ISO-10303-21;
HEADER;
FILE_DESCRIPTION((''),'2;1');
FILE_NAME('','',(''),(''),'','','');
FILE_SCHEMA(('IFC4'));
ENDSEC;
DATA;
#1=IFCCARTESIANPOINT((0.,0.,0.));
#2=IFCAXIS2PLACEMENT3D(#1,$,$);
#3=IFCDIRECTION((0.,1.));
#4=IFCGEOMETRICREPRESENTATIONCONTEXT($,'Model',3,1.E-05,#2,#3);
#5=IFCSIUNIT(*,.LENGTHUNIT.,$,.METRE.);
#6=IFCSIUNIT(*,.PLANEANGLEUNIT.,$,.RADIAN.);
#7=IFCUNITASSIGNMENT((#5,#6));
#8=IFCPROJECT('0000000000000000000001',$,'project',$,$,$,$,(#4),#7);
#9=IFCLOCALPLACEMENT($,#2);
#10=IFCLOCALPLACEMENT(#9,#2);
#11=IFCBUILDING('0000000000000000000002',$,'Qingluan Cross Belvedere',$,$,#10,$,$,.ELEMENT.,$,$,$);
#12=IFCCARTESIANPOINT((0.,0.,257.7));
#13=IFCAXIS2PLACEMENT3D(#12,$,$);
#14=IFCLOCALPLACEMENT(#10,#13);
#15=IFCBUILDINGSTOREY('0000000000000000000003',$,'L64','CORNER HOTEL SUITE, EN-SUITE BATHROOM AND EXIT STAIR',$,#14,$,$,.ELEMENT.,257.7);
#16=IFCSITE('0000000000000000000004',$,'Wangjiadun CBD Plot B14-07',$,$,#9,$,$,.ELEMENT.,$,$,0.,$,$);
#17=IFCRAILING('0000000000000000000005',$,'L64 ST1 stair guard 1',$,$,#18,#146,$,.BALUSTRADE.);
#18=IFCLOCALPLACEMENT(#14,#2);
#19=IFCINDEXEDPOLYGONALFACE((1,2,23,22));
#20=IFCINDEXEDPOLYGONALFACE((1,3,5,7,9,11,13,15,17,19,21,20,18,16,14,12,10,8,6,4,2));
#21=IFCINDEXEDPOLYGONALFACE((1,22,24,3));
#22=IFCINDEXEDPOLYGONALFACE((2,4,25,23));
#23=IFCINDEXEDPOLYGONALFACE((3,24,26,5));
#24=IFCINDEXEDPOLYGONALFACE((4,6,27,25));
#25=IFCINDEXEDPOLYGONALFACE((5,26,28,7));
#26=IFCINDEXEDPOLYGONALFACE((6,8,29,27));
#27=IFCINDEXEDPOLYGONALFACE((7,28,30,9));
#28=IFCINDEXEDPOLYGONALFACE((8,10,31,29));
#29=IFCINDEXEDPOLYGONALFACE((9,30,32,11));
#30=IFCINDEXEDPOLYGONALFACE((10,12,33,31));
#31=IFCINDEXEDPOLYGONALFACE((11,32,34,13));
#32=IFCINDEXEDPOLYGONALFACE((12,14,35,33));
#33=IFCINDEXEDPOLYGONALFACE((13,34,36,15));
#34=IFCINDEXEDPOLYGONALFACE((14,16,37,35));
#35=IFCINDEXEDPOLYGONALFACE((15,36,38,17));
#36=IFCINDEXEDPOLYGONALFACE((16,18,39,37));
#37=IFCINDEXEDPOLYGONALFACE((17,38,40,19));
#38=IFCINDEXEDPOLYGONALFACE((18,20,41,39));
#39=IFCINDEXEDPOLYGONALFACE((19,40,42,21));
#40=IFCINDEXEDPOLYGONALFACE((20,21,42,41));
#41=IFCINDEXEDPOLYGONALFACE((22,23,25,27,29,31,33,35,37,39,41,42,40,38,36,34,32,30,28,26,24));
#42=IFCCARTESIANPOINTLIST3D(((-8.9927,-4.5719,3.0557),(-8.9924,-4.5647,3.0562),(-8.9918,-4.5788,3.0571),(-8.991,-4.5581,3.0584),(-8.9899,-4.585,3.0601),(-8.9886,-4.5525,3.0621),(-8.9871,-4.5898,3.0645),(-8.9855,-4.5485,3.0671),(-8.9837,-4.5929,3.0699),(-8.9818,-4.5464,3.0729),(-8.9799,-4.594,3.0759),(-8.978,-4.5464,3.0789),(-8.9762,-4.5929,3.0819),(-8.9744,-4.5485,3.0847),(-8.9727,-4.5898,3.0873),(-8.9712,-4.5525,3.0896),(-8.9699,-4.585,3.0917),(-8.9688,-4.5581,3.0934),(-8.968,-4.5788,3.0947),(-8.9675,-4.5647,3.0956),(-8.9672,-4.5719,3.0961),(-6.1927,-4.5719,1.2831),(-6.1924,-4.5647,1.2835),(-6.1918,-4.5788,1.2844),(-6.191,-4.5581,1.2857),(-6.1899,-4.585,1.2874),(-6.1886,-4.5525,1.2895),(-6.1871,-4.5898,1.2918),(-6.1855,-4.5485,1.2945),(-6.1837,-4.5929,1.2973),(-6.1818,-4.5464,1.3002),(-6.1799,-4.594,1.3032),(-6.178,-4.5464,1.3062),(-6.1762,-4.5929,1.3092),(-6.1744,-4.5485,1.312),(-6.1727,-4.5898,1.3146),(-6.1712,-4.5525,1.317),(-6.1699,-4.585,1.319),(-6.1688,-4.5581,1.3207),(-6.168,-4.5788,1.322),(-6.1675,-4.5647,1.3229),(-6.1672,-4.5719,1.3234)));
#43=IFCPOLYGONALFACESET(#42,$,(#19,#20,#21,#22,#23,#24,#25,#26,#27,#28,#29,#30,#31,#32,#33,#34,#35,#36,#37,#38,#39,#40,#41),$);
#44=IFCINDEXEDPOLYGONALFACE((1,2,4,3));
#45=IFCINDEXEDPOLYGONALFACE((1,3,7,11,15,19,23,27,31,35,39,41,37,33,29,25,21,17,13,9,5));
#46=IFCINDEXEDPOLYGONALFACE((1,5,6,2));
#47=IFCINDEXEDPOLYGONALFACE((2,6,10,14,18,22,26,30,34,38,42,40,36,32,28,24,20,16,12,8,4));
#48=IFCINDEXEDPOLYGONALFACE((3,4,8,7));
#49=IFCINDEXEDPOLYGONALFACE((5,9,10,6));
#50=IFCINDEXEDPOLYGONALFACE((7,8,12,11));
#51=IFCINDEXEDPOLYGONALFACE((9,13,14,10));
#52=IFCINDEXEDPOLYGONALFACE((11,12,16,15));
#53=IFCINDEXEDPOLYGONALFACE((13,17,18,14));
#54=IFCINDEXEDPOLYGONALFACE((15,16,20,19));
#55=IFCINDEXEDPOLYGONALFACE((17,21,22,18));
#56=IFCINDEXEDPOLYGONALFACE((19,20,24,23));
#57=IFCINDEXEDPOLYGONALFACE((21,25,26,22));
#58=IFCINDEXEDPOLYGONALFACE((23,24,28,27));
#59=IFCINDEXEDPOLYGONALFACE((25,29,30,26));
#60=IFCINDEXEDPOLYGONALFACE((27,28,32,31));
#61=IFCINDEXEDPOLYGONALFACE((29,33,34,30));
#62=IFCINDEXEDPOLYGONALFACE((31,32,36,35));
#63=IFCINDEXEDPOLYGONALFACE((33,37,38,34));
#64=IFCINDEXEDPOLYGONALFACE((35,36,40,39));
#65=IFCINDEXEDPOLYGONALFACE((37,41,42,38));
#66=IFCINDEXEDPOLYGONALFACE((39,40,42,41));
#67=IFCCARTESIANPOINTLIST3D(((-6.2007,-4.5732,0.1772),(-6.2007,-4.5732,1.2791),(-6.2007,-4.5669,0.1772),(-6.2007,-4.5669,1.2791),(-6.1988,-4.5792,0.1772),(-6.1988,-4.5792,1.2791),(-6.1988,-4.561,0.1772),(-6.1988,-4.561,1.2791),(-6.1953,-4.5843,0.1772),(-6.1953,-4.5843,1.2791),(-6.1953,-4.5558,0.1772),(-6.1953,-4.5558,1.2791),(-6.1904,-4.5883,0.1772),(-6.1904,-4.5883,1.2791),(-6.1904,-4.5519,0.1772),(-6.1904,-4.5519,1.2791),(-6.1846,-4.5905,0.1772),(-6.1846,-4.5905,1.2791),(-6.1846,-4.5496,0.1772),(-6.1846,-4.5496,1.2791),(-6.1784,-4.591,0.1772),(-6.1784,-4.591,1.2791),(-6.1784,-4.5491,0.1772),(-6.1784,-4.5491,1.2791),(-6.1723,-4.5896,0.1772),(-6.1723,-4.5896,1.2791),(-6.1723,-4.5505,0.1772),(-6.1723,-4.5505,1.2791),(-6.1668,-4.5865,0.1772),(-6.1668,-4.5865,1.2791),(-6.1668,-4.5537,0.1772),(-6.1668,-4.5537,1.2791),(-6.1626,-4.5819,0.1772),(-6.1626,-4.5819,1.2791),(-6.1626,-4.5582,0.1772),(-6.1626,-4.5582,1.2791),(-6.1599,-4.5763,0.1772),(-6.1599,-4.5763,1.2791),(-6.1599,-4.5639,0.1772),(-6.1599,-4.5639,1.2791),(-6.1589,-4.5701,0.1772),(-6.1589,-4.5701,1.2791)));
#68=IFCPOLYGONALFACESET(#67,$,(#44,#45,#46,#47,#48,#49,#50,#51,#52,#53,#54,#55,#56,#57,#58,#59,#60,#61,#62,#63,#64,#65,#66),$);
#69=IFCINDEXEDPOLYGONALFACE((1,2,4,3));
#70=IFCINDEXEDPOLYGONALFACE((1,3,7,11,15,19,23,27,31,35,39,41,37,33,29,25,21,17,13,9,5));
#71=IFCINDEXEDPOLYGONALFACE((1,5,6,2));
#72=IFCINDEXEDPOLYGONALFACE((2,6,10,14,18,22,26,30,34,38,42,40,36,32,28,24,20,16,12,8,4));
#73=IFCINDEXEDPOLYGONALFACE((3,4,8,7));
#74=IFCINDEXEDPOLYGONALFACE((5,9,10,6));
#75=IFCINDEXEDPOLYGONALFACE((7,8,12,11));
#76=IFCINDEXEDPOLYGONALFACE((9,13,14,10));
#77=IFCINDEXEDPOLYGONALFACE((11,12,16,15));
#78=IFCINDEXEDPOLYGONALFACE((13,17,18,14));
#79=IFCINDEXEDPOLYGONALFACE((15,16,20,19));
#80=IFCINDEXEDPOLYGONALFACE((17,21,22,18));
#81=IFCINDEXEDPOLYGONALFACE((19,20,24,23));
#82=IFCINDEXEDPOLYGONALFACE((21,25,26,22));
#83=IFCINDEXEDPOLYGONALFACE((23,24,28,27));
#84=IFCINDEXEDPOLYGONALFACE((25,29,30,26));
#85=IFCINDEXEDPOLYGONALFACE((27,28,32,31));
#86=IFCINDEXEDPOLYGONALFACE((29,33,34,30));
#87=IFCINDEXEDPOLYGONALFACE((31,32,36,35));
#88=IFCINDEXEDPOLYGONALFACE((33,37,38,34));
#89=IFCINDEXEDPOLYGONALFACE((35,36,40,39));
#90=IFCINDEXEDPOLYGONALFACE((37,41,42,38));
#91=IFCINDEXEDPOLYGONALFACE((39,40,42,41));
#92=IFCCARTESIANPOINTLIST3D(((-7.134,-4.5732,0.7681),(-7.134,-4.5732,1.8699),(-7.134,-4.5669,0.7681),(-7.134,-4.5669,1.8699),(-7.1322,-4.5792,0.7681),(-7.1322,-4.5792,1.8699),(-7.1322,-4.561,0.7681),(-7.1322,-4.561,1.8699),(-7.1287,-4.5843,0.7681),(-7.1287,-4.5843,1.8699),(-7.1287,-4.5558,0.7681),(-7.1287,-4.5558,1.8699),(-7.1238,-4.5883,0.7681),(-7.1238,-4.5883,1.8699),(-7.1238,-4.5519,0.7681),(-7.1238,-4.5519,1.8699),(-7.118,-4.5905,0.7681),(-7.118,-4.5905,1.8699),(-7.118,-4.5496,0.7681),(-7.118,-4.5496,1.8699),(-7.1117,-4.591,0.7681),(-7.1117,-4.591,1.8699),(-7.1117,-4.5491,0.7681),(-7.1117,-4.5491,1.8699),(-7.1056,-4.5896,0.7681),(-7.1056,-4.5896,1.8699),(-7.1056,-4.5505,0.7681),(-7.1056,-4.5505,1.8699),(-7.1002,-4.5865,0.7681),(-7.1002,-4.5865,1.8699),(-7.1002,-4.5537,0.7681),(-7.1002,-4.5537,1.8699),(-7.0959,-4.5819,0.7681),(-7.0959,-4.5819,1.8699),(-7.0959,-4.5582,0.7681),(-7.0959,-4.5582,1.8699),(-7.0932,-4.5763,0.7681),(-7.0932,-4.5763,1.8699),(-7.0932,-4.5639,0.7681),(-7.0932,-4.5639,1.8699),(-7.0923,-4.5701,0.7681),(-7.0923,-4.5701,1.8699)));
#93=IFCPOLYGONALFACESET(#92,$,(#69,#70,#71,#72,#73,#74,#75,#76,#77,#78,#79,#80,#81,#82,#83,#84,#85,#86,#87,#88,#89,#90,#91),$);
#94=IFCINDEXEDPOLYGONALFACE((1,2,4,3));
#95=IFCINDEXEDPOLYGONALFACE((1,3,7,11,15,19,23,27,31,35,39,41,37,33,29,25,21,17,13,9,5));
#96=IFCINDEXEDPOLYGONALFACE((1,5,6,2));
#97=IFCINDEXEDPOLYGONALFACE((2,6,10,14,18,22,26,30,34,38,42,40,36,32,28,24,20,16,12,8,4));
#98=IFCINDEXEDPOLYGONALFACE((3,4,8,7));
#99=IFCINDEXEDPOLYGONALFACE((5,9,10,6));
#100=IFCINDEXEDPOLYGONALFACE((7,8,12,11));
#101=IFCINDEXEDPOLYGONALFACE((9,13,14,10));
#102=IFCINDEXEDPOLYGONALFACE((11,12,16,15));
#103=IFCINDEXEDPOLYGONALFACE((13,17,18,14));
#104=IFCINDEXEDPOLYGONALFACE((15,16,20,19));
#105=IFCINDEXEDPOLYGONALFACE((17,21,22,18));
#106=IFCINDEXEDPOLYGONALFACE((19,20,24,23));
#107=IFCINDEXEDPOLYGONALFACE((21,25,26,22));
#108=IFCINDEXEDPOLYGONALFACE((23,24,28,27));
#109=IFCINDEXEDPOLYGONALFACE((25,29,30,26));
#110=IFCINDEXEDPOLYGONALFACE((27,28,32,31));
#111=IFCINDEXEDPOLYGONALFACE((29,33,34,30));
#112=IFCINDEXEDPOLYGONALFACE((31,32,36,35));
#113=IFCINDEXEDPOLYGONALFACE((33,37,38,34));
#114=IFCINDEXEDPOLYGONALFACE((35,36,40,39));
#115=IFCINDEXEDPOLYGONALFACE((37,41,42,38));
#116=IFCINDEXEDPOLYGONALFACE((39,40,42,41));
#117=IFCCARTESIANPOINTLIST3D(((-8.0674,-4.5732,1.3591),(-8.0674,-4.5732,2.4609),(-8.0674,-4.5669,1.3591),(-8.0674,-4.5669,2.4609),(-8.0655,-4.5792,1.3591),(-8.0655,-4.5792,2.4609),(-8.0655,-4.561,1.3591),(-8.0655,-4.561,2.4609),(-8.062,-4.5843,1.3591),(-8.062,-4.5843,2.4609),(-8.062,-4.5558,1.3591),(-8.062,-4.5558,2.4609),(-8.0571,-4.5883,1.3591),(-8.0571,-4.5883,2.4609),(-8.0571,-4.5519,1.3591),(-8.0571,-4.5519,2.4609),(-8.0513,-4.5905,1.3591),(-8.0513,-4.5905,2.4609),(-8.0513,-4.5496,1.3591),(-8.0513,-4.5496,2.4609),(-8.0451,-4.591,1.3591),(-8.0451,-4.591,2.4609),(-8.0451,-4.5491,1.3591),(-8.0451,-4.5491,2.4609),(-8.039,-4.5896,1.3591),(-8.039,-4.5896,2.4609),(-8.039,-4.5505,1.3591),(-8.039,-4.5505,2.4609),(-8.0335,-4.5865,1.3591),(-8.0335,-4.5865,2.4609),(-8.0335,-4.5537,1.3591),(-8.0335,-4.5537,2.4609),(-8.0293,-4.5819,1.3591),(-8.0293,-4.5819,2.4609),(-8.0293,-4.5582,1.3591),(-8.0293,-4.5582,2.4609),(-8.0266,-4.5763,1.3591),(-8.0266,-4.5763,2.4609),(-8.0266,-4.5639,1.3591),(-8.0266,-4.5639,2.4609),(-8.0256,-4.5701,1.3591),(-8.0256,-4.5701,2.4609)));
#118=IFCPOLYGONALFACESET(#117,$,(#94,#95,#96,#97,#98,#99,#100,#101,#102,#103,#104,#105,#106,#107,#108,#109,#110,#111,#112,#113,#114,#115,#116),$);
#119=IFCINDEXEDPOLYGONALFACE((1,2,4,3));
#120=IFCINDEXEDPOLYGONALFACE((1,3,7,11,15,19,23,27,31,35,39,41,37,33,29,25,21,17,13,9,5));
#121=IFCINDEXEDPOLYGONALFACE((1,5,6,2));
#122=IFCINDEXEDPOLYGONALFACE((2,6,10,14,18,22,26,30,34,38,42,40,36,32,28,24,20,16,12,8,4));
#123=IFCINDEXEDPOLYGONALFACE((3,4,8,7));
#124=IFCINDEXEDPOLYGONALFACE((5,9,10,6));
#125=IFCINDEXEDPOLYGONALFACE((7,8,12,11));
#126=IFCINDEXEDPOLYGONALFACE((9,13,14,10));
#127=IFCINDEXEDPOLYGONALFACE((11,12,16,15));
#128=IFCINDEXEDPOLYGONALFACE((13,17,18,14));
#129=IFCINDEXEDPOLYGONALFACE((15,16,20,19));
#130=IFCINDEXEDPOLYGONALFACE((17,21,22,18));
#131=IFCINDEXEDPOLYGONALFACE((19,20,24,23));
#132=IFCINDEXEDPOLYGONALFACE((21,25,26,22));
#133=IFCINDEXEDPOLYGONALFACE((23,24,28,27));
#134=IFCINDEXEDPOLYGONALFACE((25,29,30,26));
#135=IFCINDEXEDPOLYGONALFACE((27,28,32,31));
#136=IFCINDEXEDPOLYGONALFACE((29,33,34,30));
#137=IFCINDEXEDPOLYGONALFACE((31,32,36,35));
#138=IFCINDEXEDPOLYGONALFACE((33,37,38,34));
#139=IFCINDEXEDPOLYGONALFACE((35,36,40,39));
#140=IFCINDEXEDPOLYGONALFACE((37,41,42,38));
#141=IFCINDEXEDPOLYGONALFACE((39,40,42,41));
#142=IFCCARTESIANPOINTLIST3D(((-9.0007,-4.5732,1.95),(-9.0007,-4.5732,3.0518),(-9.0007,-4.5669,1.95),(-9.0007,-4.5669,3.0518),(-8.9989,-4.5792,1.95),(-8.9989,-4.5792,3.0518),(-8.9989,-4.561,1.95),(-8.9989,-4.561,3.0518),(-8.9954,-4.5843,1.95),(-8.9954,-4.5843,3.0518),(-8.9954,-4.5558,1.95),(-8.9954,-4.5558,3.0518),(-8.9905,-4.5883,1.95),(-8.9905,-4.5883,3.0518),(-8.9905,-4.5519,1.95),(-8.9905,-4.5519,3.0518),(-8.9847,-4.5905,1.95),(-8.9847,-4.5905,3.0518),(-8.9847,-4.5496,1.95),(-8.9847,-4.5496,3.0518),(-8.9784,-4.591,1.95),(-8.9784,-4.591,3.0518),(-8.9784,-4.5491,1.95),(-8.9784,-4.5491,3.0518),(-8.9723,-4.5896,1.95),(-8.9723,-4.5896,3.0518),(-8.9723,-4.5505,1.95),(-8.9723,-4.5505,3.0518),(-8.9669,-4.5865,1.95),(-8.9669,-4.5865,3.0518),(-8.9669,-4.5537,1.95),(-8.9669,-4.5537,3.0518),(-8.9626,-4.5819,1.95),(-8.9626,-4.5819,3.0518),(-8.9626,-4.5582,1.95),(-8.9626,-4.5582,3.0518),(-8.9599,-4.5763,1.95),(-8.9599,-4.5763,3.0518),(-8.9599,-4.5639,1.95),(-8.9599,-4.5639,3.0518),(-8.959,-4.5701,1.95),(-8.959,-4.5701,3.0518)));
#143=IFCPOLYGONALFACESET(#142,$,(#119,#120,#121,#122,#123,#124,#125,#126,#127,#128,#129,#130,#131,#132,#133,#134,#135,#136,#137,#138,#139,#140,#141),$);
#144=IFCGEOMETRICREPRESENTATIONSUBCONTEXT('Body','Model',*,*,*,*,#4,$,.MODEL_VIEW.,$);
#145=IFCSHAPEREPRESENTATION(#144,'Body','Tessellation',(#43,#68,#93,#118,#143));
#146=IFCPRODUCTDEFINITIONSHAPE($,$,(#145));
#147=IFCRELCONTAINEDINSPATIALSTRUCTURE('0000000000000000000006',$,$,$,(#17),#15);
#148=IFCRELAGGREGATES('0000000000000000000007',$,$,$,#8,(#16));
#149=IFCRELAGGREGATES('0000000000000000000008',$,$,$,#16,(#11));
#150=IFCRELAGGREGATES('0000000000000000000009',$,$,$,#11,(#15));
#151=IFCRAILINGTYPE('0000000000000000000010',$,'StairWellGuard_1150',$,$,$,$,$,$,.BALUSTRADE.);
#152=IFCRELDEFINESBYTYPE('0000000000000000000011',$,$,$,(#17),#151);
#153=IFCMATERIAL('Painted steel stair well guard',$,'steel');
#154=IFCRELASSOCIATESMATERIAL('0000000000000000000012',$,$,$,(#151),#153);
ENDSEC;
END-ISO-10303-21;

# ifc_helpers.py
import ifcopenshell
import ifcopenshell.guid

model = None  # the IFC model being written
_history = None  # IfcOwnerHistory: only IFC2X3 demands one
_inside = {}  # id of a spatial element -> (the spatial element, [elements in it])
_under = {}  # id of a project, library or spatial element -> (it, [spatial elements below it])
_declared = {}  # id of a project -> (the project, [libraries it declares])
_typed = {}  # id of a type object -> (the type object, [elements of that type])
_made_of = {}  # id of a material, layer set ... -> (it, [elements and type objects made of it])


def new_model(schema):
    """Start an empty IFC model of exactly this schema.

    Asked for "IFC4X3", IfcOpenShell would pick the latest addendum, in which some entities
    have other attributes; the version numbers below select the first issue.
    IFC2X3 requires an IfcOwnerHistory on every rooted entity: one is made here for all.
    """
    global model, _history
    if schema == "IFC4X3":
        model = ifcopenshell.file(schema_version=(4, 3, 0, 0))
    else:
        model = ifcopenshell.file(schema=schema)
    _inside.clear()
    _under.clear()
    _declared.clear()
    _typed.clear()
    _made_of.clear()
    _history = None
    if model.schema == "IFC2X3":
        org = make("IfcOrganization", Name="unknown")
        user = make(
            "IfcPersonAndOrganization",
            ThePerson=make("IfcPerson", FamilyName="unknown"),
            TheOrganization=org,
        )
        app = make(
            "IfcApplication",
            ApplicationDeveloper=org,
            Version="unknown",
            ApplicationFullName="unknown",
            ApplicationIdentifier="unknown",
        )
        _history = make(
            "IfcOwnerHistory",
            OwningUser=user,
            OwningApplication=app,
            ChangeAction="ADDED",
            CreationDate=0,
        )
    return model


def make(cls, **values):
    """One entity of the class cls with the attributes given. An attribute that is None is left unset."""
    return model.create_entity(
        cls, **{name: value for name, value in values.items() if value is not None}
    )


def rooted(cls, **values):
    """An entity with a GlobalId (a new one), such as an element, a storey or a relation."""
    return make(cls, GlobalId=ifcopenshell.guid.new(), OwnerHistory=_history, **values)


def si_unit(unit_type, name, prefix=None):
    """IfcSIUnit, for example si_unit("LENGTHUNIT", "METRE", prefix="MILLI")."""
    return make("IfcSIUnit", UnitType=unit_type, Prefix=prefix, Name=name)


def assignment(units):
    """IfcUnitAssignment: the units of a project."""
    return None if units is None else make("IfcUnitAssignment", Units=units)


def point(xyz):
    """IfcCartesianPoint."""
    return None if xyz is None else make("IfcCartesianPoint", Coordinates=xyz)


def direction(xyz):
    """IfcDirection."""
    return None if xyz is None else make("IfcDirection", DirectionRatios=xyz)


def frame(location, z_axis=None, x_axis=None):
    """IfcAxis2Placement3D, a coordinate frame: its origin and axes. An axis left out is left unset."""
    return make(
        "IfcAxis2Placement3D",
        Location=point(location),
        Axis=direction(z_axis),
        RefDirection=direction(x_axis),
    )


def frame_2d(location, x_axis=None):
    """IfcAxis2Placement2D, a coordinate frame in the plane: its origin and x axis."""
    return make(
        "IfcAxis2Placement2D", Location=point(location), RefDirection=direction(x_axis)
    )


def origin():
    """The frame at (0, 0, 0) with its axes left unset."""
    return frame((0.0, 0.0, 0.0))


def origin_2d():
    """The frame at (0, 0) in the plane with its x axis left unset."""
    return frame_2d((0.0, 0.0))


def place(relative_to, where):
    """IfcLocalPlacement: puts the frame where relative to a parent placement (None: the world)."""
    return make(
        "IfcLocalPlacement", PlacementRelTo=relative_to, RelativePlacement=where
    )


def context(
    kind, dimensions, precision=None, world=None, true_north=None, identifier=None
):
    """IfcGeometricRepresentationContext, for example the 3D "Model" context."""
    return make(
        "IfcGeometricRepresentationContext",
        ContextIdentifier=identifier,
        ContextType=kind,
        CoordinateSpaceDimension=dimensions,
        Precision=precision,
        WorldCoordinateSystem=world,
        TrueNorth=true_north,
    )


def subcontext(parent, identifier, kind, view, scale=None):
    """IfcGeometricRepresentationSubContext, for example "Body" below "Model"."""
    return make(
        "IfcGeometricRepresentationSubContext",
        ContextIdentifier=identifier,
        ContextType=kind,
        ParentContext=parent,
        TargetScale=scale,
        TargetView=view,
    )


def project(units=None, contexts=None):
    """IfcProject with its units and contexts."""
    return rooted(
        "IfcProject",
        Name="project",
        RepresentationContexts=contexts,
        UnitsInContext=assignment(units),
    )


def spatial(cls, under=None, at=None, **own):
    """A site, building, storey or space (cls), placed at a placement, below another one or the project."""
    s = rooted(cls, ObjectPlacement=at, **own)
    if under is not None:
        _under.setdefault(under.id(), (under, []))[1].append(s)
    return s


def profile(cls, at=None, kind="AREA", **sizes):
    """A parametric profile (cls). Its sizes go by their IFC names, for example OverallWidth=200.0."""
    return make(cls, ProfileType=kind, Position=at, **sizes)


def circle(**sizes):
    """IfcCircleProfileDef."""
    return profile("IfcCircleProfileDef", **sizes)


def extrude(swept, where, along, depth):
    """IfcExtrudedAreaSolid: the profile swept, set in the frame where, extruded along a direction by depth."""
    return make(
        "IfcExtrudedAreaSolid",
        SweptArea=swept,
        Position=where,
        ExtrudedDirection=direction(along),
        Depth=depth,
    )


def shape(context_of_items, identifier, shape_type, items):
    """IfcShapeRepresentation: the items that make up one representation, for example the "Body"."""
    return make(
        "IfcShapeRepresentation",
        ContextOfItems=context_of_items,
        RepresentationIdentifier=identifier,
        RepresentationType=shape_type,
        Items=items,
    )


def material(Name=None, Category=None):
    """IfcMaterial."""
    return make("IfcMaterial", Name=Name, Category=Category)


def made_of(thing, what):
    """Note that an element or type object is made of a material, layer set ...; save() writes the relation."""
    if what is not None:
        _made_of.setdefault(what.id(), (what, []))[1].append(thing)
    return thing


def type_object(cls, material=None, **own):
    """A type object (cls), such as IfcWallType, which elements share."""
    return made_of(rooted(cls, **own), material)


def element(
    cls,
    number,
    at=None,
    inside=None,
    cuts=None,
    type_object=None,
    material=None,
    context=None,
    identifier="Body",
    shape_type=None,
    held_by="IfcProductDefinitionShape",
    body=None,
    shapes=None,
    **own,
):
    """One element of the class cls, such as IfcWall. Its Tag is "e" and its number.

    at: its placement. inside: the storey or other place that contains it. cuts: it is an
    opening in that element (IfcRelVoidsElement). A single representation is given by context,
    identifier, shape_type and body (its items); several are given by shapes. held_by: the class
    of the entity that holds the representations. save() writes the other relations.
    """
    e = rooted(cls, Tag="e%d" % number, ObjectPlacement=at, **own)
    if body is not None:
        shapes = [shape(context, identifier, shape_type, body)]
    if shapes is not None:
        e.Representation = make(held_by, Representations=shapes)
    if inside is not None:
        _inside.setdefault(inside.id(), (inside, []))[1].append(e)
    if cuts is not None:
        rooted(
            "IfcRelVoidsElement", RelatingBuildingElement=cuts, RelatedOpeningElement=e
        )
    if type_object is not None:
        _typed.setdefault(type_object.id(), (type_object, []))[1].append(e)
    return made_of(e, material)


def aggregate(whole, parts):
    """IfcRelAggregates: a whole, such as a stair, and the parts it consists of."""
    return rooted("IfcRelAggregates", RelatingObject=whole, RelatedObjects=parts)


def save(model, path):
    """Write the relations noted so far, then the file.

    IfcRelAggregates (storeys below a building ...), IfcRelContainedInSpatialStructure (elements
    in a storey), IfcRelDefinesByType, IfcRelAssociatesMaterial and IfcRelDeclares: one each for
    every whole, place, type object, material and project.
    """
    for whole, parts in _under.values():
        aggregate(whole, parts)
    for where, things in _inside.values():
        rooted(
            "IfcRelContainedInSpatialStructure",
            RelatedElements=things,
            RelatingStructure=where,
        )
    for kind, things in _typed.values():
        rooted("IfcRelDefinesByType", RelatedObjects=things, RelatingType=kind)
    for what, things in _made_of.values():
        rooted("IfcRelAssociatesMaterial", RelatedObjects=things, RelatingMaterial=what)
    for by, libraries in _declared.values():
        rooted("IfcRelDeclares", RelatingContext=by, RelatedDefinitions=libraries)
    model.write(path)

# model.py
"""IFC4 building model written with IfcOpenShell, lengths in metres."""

from ifc_helpers import new_model, si_unit, direction, frame, origin, origin_2d, place, context, subcontext, project, spatial, circle, extrude, material, type_object, element, save


model = new_model("IFC4")

# Units and contexts
model_context = context("Model", 3, precision=1e-05, world=origin(), true_north=direction((0.0, 1.0)))
body_context = subcontext(model_context, "Body", "Model", "MODEL_VIEW")
ifc_project = project(units=[si_unit("LENGTHUNIT", "METRE"), si_unit("PLANEANGLEUNIT", "RADIAN")], contexts=[model_context])

# Site, building, storey
site_placement = place(None, origin())
site = spatial("IfcSite", under=ifc_project, at=site_placement, Name="Wangjiadun CBD Plot B14-07", CompositionType="ELEMENT", RefElevation=0.0)
building_placement = place(site_placement, origin())
building = spatial("IfcBuilding", under=site, at=building_placement, Name="Qingluan Cross Belvedere", CompositionType="ELEMENT")
storey_placement = place(building_placement, frame((0.0, 0.0, 257.7)))
storey = spatial("IfcBuildingStorey", under=building, at=storey_placement, Name="L64", Description="CORNER HOTEL SUITE, EN-SUITE BATHROOM AND EXIT STAIR", CompositionType="ELEMENT", Elevation=257.7)

# Railing
ifc_material_1 = material(Name="Painted steel stair well guard", Category="steel")
railing_type_1 = type_object("IfcRailingType", Name="StairWellGuard_1150", PredefinedType="BALUSTRADE", material=ifc_material_1)
railing_1_placement = place(storey_placement, frame((-6.1799, -4.5701, 0.1772)))
element("IfcRailing", 1, at=railing_1_placement, inside=storey, type_object=railing_type_1, Name="L64 ST1 stair guard 1", PredefinedType="BALUSTRADE", context=body_context, shape_type="SweptSolid", body=[
    extrude(circle(Radius=0.0239, at=origin_2d()), frame((0.0, 0.0, 1.126), z_axis=(-0.844909, 0.0, 0.53491), x_axis=(0.0, -1.0, 0.0)), (0.0, 0.0, 1.0), 3.314),
    extrude(circle(Radius=0.021, at=origin_2d()), origin(), (0.0, 0.0, 1.0), 1.1018),
    extrude(circle(Radius=0.021, at=origin_2d()), frame((-0.9333, 0.0, 0.5908)), (0.0, 0.0, 1.0), 1.1018),
    extrude(circle(Radius=0.021, at=origin_2d()), frame((-1.8667, 0.0, 1.1819)), (0.0, 0.0, 1.0), 1.1018),
    extrude(circle(Radius=0.021, at=origin_2d()), frame((-2.8, 0.0, 1.7727)), (0.0, 0.0, 1.0), 1.1018),
])

save(model, "model.ifc")
